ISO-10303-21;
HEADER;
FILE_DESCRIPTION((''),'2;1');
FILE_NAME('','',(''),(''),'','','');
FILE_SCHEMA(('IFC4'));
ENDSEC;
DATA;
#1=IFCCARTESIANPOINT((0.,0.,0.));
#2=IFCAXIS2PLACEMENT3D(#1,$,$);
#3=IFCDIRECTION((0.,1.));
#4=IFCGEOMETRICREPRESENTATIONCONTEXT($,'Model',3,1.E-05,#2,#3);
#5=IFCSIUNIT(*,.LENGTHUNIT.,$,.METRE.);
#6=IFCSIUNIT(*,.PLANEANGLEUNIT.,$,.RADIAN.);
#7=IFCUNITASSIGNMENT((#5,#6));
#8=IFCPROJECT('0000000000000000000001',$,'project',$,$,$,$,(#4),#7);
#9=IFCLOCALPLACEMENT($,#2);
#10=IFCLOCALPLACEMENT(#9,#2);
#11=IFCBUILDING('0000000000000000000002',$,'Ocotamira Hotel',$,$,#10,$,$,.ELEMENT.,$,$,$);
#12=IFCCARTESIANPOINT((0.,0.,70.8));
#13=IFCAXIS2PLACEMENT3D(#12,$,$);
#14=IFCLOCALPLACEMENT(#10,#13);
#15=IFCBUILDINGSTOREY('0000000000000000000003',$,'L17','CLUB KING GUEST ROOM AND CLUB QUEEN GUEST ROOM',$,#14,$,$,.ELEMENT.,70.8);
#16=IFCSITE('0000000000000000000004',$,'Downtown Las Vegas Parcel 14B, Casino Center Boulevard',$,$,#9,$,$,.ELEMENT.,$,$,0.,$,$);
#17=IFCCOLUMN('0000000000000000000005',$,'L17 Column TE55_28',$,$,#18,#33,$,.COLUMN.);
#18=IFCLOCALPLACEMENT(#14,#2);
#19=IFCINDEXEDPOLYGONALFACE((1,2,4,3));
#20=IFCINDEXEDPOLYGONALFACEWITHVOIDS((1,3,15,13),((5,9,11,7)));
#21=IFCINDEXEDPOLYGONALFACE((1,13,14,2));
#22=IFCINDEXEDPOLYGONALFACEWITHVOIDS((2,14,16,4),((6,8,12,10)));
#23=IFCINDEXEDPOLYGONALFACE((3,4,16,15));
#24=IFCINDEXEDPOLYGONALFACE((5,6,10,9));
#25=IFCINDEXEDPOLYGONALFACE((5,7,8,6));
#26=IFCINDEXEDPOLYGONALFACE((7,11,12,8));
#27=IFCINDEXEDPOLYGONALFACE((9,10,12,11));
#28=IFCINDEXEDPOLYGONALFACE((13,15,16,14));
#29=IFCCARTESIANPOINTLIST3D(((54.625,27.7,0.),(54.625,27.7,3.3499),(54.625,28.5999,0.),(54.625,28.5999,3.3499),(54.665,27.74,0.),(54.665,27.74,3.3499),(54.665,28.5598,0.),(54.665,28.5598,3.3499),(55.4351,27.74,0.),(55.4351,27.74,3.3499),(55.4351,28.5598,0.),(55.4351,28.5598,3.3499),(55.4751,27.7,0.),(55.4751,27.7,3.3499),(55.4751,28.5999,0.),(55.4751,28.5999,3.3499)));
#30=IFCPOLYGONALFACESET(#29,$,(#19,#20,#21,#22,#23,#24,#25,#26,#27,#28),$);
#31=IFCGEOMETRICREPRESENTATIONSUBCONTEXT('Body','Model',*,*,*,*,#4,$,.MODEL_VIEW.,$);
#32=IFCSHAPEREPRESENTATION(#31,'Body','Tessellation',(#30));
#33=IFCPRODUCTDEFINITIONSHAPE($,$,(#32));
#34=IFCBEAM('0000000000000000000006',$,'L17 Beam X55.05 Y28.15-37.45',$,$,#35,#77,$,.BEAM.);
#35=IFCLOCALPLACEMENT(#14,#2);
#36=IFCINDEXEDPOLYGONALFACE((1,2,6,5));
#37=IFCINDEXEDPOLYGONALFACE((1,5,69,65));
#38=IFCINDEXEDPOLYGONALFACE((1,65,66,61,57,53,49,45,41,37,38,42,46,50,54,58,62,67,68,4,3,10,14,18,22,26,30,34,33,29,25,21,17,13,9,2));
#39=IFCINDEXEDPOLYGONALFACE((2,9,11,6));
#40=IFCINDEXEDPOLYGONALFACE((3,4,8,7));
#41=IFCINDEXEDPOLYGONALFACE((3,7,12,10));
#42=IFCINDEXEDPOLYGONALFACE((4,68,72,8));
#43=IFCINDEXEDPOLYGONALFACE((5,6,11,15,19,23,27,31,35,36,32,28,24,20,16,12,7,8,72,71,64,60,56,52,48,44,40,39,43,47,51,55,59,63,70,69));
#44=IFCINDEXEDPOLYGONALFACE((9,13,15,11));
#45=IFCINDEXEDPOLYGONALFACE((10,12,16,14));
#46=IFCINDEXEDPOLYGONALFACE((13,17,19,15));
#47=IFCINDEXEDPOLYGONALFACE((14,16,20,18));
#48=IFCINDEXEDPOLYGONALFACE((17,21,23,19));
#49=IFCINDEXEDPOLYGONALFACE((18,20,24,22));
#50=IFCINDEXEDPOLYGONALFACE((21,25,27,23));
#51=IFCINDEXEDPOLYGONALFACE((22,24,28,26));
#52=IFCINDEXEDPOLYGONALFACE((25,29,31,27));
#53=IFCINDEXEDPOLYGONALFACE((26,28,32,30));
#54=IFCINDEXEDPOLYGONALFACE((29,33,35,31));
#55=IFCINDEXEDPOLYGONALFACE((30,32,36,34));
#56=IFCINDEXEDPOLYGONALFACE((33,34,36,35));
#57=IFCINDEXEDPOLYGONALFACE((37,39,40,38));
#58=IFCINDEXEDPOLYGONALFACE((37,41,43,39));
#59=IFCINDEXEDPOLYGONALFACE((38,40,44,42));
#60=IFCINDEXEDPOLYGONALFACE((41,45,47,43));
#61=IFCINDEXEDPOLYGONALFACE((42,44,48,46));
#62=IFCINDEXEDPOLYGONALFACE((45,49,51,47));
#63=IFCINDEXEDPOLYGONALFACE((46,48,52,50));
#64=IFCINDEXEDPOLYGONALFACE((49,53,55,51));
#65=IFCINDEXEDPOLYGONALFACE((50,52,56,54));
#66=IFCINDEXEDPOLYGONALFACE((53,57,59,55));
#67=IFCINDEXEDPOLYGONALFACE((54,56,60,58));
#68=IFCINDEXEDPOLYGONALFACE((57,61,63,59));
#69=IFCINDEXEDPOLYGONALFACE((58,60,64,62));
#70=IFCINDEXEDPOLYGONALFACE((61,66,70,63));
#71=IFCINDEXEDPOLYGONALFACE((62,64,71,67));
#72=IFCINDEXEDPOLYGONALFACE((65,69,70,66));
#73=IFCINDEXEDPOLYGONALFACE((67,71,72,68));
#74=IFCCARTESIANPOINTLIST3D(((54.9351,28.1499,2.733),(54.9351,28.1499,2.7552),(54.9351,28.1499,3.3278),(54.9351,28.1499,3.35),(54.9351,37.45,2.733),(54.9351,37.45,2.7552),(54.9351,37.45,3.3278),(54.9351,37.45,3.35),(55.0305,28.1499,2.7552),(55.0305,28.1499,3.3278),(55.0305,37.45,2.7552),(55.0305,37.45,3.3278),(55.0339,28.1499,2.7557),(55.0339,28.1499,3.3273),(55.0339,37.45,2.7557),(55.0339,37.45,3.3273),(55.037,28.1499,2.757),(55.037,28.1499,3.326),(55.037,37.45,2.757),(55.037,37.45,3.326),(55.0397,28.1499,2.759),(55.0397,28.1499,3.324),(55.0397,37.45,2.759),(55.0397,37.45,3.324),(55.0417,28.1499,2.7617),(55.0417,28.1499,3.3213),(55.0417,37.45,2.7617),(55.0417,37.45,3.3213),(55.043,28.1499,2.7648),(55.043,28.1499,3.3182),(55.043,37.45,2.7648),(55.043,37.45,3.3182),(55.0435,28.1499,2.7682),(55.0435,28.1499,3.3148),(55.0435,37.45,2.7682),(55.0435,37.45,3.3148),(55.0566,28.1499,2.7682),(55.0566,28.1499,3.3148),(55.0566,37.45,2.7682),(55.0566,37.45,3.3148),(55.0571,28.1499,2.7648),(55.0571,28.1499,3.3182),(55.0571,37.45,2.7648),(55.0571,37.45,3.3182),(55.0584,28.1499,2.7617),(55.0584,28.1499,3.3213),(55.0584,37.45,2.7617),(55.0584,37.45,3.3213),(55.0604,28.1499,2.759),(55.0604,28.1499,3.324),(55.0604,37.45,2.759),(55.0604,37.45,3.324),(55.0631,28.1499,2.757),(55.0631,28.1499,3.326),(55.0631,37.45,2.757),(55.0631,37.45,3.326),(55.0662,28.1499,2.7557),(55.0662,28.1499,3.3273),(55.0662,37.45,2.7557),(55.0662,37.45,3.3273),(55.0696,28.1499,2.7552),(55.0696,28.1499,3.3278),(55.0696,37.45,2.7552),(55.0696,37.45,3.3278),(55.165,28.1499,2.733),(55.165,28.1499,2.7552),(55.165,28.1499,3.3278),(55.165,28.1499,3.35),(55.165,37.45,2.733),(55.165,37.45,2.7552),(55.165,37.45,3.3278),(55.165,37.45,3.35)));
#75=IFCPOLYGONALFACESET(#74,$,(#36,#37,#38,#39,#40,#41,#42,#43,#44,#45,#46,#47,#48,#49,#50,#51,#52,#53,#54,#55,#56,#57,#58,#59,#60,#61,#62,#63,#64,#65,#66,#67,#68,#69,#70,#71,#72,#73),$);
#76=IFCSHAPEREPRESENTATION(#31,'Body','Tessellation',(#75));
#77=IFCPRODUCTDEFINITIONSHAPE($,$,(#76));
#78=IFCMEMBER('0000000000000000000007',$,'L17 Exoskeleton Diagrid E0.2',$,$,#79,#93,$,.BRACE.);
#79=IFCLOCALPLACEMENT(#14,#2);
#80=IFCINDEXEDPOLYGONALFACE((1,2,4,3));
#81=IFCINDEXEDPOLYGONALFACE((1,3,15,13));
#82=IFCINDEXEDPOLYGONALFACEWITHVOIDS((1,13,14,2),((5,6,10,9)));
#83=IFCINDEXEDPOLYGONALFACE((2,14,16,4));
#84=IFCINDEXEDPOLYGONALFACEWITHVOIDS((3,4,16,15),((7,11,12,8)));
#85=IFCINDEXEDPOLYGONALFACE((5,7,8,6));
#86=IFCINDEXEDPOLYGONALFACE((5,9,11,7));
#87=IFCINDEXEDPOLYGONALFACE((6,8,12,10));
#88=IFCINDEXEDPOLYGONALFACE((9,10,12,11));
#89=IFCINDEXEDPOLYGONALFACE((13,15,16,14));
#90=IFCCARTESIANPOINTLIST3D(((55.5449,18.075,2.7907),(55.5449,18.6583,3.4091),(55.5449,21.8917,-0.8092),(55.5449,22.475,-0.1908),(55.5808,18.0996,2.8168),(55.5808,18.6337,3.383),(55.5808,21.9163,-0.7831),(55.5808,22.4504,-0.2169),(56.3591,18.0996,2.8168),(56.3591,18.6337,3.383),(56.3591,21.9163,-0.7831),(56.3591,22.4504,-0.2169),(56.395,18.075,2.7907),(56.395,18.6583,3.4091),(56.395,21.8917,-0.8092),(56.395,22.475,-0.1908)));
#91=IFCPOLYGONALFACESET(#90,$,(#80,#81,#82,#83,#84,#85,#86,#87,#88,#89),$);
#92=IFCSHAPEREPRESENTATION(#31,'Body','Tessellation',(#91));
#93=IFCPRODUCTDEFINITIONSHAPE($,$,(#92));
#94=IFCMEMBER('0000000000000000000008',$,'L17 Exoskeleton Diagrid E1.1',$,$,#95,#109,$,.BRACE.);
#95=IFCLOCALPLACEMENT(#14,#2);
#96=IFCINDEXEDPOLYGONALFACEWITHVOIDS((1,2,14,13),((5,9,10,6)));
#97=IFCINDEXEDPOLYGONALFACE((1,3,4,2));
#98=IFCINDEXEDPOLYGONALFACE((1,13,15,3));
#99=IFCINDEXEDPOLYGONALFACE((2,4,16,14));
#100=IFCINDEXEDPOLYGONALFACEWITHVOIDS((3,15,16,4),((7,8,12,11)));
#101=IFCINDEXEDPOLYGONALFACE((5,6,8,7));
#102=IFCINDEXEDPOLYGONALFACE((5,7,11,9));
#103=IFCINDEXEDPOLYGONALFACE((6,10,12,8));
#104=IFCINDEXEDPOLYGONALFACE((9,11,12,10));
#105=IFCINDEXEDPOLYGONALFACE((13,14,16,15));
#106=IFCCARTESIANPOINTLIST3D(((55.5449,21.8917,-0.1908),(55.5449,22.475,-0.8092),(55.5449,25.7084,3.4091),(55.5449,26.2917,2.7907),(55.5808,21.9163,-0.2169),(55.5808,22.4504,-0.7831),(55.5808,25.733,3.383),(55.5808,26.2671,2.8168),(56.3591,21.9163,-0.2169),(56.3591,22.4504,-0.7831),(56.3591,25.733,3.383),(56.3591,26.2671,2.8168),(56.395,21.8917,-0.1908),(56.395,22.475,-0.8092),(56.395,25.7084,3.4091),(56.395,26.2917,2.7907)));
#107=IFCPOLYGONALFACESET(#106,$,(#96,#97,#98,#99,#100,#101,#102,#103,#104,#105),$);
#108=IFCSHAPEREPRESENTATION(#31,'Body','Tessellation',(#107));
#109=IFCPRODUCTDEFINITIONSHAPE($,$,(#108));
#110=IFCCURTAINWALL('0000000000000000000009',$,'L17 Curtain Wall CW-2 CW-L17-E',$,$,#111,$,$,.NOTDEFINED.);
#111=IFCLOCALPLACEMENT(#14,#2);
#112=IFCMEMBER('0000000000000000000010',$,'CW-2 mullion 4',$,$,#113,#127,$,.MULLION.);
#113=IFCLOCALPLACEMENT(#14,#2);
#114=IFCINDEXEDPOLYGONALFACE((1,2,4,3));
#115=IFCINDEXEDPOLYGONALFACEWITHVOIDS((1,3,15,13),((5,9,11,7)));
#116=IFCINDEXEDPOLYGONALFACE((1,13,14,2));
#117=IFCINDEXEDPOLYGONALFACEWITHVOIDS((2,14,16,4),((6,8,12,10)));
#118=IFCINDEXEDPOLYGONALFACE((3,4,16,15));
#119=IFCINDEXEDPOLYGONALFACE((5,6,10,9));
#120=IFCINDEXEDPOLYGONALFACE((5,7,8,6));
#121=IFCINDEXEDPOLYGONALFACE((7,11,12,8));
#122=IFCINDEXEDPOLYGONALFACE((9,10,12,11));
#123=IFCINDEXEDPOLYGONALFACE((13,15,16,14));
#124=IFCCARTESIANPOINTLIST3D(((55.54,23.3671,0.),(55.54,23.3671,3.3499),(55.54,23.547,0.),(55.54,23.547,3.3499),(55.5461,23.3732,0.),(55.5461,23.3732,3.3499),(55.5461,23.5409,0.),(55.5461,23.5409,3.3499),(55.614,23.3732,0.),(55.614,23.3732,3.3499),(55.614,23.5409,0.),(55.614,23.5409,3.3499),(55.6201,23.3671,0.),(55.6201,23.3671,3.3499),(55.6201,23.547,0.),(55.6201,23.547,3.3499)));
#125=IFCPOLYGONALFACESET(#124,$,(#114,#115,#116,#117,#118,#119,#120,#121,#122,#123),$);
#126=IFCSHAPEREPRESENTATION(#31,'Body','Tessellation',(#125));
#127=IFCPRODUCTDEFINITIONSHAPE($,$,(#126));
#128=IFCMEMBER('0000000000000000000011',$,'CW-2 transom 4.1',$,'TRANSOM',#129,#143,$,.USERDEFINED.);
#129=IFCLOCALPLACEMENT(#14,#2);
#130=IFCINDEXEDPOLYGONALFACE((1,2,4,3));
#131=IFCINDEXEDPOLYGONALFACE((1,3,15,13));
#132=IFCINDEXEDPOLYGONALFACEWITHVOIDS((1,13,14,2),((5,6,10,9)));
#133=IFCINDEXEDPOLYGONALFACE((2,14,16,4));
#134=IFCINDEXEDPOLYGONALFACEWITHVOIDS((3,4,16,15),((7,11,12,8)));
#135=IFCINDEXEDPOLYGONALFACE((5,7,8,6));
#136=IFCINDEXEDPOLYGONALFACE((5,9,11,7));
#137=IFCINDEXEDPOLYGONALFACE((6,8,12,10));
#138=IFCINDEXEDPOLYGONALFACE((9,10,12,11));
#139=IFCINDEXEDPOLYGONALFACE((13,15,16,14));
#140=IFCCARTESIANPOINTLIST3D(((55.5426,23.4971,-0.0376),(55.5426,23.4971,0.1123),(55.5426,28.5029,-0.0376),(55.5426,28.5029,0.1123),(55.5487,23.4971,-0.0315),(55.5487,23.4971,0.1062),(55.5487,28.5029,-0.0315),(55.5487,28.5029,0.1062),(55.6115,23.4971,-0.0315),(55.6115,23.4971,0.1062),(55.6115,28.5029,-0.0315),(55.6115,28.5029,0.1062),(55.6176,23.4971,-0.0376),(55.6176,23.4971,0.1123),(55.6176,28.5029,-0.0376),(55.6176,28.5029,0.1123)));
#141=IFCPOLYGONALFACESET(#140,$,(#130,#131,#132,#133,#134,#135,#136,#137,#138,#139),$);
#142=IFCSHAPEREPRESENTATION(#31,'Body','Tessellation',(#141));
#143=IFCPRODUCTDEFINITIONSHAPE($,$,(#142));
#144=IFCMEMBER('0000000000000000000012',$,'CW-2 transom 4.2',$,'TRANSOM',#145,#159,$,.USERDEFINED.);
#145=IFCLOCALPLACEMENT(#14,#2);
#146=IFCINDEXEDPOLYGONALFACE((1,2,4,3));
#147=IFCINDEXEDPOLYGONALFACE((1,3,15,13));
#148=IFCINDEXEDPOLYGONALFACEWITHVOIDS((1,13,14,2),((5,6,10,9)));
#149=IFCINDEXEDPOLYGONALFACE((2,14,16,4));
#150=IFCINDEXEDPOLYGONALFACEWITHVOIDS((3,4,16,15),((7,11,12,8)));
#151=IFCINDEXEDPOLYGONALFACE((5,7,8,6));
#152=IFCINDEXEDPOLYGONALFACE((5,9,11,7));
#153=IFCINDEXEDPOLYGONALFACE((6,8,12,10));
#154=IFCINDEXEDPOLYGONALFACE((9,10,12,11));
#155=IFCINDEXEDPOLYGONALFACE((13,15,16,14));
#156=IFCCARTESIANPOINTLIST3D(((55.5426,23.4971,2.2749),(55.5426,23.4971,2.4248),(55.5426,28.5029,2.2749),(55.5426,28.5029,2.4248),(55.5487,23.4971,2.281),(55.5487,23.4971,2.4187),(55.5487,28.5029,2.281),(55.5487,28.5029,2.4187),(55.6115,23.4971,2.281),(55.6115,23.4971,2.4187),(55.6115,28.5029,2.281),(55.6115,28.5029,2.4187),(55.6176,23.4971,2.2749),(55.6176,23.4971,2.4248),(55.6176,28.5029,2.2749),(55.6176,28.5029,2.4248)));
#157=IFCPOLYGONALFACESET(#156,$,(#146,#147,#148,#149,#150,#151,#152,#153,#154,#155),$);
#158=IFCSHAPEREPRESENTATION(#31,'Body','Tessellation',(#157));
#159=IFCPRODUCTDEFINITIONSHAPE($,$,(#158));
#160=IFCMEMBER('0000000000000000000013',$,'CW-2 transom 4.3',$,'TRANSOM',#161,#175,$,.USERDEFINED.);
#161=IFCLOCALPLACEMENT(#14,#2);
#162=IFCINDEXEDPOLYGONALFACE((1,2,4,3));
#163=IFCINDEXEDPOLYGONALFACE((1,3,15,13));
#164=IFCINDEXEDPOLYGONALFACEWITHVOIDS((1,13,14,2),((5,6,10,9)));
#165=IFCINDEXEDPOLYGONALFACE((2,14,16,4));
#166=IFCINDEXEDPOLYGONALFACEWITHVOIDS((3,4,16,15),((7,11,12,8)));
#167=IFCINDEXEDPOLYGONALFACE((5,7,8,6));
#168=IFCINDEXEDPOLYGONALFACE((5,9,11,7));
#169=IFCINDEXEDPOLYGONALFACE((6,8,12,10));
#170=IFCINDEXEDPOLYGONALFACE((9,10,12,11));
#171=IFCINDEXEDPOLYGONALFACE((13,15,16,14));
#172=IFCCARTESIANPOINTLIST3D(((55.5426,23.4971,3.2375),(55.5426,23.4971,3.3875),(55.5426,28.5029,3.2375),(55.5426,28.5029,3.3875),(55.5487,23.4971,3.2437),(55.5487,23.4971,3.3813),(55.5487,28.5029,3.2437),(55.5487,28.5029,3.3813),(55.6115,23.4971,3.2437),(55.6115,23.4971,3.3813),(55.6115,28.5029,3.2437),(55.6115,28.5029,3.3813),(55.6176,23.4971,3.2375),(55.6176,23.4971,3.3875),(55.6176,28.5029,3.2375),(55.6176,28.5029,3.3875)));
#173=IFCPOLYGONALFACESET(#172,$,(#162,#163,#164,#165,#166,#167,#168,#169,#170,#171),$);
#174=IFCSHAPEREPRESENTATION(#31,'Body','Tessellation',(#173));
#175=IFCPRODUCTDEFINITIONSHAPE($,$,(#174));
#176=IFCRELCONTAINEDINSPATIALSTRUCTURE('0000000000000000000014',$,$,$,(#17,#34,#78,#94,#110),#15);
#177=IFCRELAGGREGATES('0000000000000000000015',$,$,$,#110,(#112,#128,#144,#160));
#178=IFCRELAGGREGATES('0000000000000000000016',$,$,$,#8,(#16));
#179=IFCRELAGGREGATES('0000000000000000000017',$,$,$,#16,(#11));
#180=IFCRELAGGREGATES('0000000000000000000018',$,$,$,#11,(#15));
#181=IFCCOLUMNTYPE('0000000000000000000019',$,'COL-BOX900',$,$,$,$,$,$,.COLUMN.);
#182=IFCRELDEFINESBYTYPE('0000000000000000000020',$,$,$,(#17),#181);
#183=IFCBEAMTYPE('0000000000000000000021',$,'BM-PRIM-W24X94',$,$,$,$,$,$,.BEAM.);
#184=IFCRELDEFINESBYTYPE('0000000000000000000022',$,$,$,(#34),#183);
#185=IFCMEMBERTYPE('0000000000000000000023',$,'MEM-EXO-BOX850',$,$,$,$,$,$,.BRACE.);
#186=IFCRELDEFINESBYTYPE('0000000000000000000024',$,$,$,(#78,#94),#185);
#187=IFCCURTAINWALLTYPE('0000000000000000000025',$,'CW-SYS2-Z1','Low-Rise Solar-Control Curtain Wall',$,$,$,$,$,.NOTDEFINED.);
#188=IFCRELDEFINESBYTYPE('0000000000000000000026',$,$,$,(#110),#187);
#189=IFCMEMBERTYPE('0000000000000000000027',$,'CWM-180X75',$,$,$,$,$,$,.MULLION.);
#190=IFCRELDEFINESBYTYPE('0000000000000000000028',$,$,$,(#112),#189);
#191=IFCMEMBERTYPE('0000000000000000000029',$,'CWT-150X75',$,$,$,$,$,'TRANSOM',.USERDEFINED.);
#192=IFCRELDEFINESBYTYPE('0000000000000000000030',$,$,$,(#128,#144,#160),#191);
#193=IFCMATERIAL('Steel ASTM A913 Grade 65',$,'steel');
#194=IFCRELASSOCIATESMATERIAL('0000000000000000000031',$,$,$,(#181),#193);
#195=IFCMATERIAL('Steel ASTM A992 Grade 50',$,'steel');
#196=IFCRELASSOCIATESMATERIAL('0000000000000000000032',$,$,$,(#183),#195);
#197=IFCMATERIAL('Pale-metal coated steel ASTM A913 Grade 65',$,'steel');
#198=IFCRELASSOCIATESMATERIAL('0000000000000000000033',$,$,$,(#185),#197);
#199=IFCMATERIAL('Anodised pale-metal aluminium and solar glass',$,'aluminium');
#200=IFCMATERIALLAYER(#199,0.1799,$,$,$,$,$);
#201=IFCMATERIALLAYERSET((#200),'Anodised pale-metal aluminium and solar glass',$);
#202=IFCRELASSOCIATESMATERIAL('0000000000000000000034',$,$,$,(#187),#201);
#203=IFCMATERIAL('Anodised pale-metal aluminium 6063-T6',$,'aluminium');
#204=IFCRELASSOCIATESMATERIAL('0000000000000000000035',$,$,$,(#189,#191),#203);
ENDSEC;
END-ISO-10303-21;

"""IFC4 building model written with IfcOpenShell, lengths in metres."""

from ifc_helpers import new_model, si_unit, direction, frame, origin, origin_2d, place, context, subcontext, project, spatial, hollow_rectangle, i_section, extrude, source, transform, mapped, material, layer, layer_set, material_profile, profile_set, type_object, element, aggregate, save


model = new_model("IFC4")

# Units and contexts
model_context = context("Model", 3, precision=1e-05, world=origin(), true_north=direction((0.0, 1.0)))
body_context = subcontext(model_context, "Body", "Model", "MODEL_VIEW")
ifc_project = project(units=[si_unit("LENGTHUNIT", "METRE"), si_unit("PLANEANGLEUNIT", "RADIAN")], contexts=[model_context])

# Site, building, storey
site_placement = place(None, origin())
site = spatial("IfcSite", under=ifc_project, at=site_placement, Name="Downtown Las Vegas Parcel 14B, Casino Center Boulevard", CompositionType="ELEMENT", RefElevation=0.0)
building_placement = place(site_placement, origin())
building = spatial("IfcBuilding", under=site, at=building_placement, Name="Ocotamira Hotel", CompositionType="ELEMENT")
storey_placement = place(building_placement, frame((0.0, 0.0, 70.8)))
storey = spatial("IfcBuildingStorey", under=building, at=storey_placement, Name="L17", Description="CLUB KING GUEST ROOM AND CLUB QUEEN GUEST ROOM", CompositionType="ELEMENT", Elevation=70.8)

# Column
ifc_material_1 = material(Name="Steel ASTM A913 Grade 65", Category="steel")
ifc_material_profile_1 = material_profile(ifc_material_1, hollow_rectangle(XDim=0.8501, YDim=0.8999, WallThickness=0.04, at=origin_2d()), Name="BOX900X850X40")
ifc_profile_set_1 = profile_set([ifc_material_profile_1], Name="Steel ASTM A913 Grade 65")
column_type = type_object("IfcColumnType", Name="COL-BOX900", PredefinedType="COLUMN", material=ifc_profile_set_1)
shared_shape_1 = source(origin(), body_context, "Body", "SweptSolid", [
    extrude(hollow_rectangle(XDim=0.8501, YDim=0.8999, WallThickness=0.04, at=origin_2d()), origin(), (0.0, 0.0, 1.0), 3.3499),
])
column_placement = place(storey_placement, frame((55.05, 28.1499, 0.0), z_axis=(0.0, 0.0, 1.0), x_axis=(1.0, 0.0, 0.0)))
element("IfcColumn", 1, at=column_placement, inside=storey, type_object=column_type, Name="L17 Column TE55_28", PredefinedType="COLUMN", context=body_context, shape_type="MappedRepresentation", body=[
    mapped(shared_shape_1, transform((0.0, 0.0, 0.0), scale=1.0)),
])

# Beam
ifc_material_2 = material(Name="Steel ASTM A992 Grade 50", Category="steel")
ifc_material_profile_2 = material_profile(ifc_material_2, i_section(OverallWidth=0.23, OverallDepth=0.6169, WebThickness=0.0132, FlangeThickness=0.0222, FilletRadius=0.0129, at=origin_2d()), Name="W24X94")
ifc_profile_set_2 = profile_set([ifc_material_profile_2], Name="Steel ASTM A992 Grade 50")
beam_type = type_object("IfcBeamType", Name="BM-PRIM-W24X94", PredefinedType="BEAM", material=ifc_profile_set_2)
shared_shape_2 = source(origin(), body_context, "Body", "SweptSolid", [
    extrude(i_section(OverallWidth=0.23, OverallDepth=0.6169, WebThickness=0.0132, FlangeThickness=0.0222, FilletRadius=0.0129, at=origin_2d()), origin(), (0.0, 0.0, 1.0), 9.3),
])
beam_placement = place(storey_placement, frame((55.05, 28.1499, 3.0415), z_axis=(0.0, 1.0, 0.0), x_axis=(-1.0, 0.0, 0.0)))
element("IfcBeam", 2, at=beam_placement, inside=storey, type_object=beam_type, Name="L17 Beam X55.05 Y28.15-37.45", PredefinedType="BEAM", context=body_context, shape_type="MappedRepresentation", body=[
    mapped(shared_shape_2, transform((0.0, 0.0, 0.0), scale=1.0)),
])

# Members
ifc_material_3 = material(Name="Pale-metal coated steel ASTM A913 Grade 65", Category="steel")
ifc_material_profile_3 = material_profile(ifc_material_3, hollow_rectangle(XDim=0.8501, YDim=0.8501, WallThickness=0.0359, at=origin_2d()), Name="BOX850X850X36")
ifc_profile_set_3 = profile_set([ifc_material_profile_3], Name="Pale-metal coated steel ASTM A913 Grade 65")
member_type_1 = type_object("IfcMemberType", Name="MEM-EXO-BOX850", PredefinedType="BRACE", material=ifc_profile_set_3)
shared_shape_3 = source(origin(), body_context, "Body", "SweptSolid", [
    extrude(hollow_rectangle(XDim=0.8501, YDim=0.8501, WallThickness=0.0359, at=origin_2d()), origin(), (0.0, 0.0, 1.0), 5.2466),
])
for number, where, z_axis, x_axis, name in (
    (3, (55.97, 22.1833, -0.5), (0.0, -0.727466, 0.686144), (1.0, 0.0, 0.0), "L17 Exoskeleton Diagrid E0.2"),
    (4, (55.97, 22.1833, -0.5), (0.0, 0.727466, 0.686144), (-1.0, 0.0, 0.0), "L17 Exoskeleton Diagrid E1.1"),
):
    element("IfcMember", number, at=place(storey_placement, frame(where, z_axis=z_axis, x_axis=x_axis)), inside=storey, type_object=member_type_1, Name=name, PredefinedType="BRACE", context=body_context, shape_type="MappedRepresentation", body=[
        mapped(shared_shape_3, transform((0.0, 0.0, 0.0), scale=1.0)),
    ])

# Curtain wall, members
ifc_material_4 = material(Name="Anodised pale-metal aluminium and solar glass", Category="aluminium")
ifc_layer_1 = layer(ifc_material_4, 0.1799)
ifc_layer_set_1 = layer_set([ifc_layer_1], Name="Anodised pale-metal aluminium and solar glass")
curtain_wall_type = type_object("IfcCurtainWallType", Name="CW-SYS2-Z1", Description="Low-Rise Solar-Control Curtain Wall", PredefinedType="NOTDEFINED", material=ifc_layer_set_1)
curtain_wall_placement = place(storey_placement, origin())
curtain_wall = element("IfcCurtainWall", 5, at=curtain_wall_placement, inside=storey, type_object=curtain_wall_type, Name="L17 Curtain Wall CW-2 CW-L17-E", PredefinedType="NOTDEFINED")
ifc_material_5 = material(Name="Anodised pale-metal aluminium 6063-T6", Category="aluminium")
ifc_material_profile_4 = material_profile(ifc_material_5, hollow_rectangle(XDim=0.0801, YDim=0.1799, WallThickness=0.0061, at=origin_2d()), Name="HSS180X80X6")
ifc_profile_set_4 = profile_set([ifc_material_profile_4], Name="Anodised pale-metal aluminium 6063-T6")
member_type_2 = type_object("IfcMemberType", Name="CWM-180X75", PredefinedType="MULLION", material=ifc_profile_set_4)
shared_shape_4 = source(origin(), body_context, "Body", "SweptSolid", [
    extrude(hollow_rectangle(XDim=0.0801, YDim=0.1799, WallThickness=0.0061, at=origin_2d()), origin(), (0.0, 0.0, 1.0), 3.3499),
])
member_1_placement = place(storey_placement, frame((55.5801, 23.457, 0.0), z_axis=(0.0, 0.0, 1.0), x_axis=(-1.0, 0.0, 0.0)))
member_1 = element("IfcMember", 6, at=member_1_placement, type_object=member_type_2, Name="CW-2 mullion 4", PredefinedType="MULLION", context=body_context, shape_type="MappedRepresentation", body=[
    mapped(shared_shape_4, transform((0.0, 0.0, 0.0), scale=1.0)),
])
ifc_material_profile_5 = material_profile(ifc_material_5, hollow_rectangle(XDim=0.075, YDim=0.1499, WallThickness=0.0061, at=origin_2d()), Name="HSS150X75X6")
ifc_profile_set_5 = profile_set([ifc_material_profile_5], Name="Anodised pale-metal aluminium 6063-T6")
member_type_3 = type_object("IfcMemberType", Name="CWT-150X75", ElementType="TRANSOM", PredefinedType="USERDEFINED", material=ifc_profile_set_5)
shared_shape_5 = source(origin(), body_context, "Body", "SweptSolid", [
    extrude(hollow_rectangle(XDim=0.075, YDim=0.1499, WallThickness=0.0061, at=origin_2d()), origin(), (0.0, 0.0, 1.0), 5.0059),
])
member_2_placement = place(storey_placement, frame((55.5801, 23.4971, 0.0374), z_axis=(0.0, 1.0, 0.0), x_axis=(-1.0, 0.0, 0.0)))
member_2 = element("IfcMember", 7, at=member_2_placement, type_object=member_type_3, Name="CW-2 transom 4.1", ObjectType="TRANSOM", PredefinedType="USERDEFINED", context=body_context, shape_type="MappedRepresentation", body=[
    mapped(shared_shape_5, transform((0.0, 0.0, 0.0), scale=1.0)),
])
member_3_placement = place(storey_placement, frame((55.5801, 23.4971, 2.3499), z_axis=(0.0, 1.0, 0.0), x_axis=(-1.0, 0.0, 0.0)))
member_3 = element("IfcMember", 8, at=member_3_placement, type_object=member_type_3, Name="CW-2 transom 4.2", ObjectType="TRANSOM", PredefinedType="USERDEFINED", context=body_context, shape_type="MappedRepresentation", body=[
    mapped(shared_shape_5, transform((0.0, 0.0, 0.0), scale=1.0)),
])
member_4_placement = place(storey_placement, frame((55.5801, 23.4971, 3.3125), z_axis=(0.0, 1.0, 0.0), x_axis=(-1.0, 0.0, 0.0)))
member_4 = element("IfcMember", 9, at=member_4_placement, type_object=member_type_3, Name="CW-2 transom 4.3", ObjectType="TRANSOM", PredefinedType="USERDEFINED", context=body_context, shape_type="MappedRepresentation", body=[
    mapped(shared_shape_5, transform((0.0, 0.0, 0.0), scale=1.0)),
])

aggregate(curtain_wall, [member_1, member_2, member_3, member_4])

save(model, "model.ifc")
